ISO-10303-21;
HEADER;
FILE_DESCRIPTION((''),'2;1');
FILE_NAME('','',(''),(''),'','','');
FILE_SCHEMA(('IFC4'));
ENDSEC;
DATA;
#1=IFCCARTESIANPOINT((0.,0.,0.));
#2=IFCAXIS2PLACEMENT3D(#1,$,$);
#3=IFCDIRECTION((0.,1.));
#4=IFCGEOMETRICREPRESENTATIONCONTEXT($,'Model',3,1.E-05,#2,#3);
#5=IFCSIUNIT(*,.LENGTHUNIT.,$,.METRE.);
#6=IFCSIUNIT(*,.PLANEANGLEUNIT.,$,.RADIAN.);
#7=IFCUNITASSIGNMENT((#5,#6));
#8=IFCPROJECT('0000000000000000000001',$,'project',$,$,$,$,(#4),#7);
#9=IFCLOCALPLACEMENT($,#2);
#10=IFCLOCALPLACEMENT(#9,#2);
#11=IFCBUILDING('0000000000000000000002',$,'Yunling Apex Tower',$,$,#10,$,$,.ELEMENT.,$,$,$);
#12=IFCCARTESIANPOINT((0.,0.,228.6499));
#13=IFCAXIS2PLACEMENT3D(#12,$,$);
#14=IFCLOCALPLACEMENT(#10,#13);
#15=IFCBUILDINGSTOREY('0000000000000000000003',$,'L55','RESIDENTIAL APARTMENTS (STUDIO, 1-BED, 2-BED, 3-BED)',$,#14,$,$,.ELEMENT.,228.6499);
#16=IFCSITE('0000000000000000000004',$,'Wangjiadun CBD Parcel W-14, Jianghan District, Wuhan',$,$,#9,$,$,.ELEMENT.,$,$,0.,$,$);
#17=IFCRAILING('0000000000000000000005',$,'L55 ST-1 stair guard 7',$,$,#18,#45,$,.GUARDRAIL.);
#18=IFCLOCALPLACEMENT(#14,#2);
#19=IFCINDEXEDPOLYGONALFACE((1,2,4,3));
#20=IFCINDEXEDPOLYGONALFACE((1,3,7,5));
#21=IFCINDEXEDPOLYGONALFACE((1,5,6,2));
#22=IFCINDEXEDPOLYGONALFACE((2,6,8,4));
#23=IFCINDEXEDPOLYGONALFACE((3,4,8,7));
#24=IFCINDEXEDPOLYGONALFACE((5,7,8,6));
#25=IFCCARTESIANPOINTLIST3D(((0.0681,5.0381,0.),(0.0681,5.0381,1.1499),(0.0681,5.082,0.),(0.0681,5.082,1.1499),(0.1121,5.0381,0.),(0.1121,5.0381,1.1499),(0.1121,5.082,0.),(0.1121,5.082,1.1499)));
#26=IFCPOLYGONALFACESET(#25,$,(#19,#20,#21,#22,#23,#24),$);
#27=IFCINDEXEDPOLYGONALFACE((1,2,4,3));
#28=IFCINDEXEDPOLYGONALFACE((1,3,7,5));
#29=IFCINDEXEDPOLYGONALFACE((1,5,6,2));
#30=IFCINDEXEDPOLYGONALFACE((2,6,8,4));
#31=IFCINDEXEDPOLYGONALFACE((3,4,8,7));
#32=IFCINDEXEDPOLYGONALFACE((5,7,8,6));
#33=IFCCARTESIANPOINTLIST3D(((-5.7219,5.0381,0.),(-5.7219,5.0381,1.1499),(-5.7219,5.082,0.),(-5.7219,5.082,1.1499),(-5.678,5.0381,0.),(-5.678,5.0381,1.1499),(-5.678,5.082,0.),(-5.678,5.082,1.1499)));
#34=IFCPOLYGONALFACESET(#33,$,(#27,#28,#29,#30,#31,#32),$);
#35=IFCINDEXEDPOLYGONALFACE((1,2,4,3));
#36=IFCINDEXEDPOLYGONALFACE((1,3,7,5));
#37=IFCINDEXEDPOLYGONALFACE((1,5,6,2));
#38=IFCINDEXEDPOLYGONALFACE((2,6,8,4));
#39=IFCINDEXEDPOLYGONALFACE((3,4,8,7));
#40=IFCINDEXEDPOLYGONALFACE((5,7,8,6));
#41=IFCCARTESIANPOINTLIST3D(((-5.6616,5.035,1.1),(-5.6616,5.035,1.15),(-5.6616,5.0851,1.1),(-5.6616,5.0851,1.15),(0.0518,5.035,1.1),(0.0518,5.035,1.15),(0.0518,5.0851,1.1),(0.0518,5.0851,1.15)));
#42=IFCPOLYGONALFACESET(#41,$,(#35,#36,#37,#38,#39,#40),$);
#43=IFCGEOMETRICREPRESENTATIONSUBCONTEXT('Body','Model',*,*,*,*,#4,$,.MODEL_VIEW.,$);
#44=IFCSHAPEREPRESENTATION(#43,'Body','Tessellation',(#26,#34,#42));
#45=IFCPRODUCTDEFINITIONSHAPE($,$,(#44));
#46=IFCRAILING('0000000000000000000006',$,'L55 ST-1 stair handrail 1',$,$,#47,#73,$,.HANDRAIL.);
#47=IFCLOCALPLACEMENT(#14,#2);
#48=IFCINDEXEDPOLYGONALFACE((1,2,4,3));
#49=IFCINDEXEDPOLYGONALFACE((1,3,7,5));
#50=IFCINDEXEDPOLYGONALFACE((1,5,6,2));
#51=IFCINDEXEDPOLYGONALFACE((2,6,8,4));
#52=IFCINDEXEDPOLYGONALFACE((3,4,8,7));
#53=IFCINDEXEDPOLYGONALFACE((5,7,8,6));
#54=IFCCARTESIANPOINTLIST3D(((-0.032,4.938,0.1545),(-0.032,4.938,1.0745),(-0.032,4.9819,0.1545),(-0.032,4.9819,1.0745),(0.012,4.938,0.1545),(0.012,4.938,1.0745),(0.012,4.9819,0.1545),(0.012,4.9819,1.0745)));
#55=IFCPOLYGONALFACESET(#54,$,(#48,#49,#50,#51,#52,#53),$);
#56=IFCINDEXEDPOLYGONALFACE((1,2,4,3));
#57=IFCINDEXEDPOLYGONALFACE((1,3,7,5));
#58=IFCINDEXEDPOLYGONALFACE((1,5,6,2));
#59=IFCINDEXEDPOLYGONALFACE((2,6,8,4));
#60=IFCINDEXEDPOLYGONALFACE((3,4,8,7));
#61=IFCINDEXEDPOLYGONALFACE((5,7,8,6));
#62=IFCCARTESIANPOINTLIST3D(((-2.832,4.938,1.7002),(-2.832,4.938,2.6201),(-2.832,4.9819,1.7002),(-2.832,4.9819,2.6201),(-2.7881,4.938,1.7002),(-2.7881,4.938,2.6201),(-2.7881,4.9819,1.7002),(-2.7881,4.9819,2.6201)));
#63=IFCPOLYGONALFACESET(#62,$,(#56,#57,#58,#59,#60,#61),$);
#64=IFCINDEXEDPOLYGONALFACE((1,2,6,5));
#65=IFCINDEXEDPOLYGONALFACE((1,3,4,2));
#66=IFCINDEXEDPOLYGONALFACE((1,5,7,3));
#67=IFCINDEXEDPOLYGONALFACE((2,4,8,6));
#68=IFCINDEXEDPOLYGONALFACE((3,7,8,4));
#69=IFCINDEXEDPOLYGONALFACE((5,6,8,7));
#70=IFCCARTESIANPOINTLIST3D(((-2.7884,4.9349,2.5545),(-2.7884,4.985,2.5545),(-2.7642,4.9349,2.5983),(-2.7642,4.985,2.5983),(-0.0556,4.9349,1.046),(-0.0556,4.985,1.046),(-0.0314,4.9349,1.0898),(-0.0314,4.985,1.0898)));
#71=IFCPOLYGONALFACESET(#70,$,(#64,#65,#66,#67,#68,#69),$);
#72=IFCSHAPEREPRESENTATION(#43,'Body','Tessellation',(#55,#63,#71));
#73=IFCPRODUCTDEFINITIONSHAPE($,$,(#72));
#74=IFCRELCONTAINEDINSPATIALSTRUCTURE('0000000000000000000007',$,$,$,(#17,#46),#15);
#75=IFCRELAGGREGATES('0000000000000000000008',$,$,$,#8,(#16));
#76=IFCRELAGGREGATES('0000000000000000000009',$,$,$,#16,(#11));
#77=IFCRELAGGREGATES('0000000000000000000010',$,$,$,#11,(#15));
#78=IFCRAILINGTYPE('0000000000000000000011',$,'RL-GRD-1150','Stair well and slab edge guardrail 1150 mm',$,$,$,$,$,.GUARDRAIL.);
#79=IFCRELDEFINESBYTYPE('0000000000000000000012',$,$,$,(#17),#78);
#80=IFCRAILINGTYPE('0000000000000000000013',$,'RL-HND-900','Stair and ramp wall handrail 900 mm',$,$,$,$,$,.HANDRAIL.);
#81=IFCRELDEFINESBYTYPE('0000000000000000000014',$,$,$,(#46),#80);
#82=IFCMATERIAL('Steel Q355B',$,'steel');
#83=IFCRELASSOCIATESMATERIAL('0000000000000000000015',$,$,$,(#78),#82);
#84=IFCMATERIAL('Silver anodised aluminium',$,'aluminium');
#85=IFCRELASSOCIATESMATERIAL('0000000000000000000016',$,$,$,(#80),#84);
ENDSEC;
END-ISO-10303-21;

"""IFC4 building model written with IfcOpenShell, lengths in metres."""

from ifc_helpers import new_model, si_unit, direction, frame, origin, origin_2d, place, context, subcontext, project, spatial, rectangle, extrude, material, type_object, element, save


model = new_model("IFC4")

# Units and contexts
model_context = context("Model", 3, precision=1e-05, world=origin(), true_north=direction((0.0, 1.0)))
body_context = subcontext(model_context, "Body", "Model", "MODEL_VIEW")
ifc_project = project(units=[si_unit("LENGTHUNIT", "METRE"), si_unit("PLANEANGLEUNIT", "RADIAN")], contexts=[model_context])

# Site, building, storey
site_placement = place(None, origin())
site = spatial("IfcSite", under=ifc_project, at=site_placement, Name="Wangjiadun CBD Parcel W-14, Jianghan District, Wuhan", CompositionType="ELEMENT", RefElevation=0.0)
building_placement = place(site_placement, origin())
building = spatial("IfcBuilding", under=site, at=building_placement, Name="Yunling Apex Tower", CompositionType="ELEMENT")
storey_placement = place(building_placement, frame((0.0, 0.0, 228.6499)))
storey = spatial("IfcBuildingStorey", under=building, at=storey_placement, Name="L55", Description="RESIDENTIAL APARTMENTS (STUDIO, 1-BED, 2-BED, 3-BED)", CompositionType="ELEMENT", Elevation=228.6499)

# Shared definitions
ifc_material_1 = material(Name="Steel Q355B", Category="steel")

# Railings
railing_type_1 = type_object("IfcRailingType", Name="RL-GRD-1150", Description="Stair well and slab edge guardrail 1150 mm", PredefinedType="GUARDRAIL", material=ifc_material_1)
railing_1_placement = place(storey_placement, frame((0.0901, 5.0601, 0.0)))
element("IfcRailing", 1, at=railing_1_placement, inside=storey, type_object=railing_type_1, Name="L55 ST-1 stair guard 7", PredefinedType="GUARDRAIL", context=body_context, shape_type="SweptSolid", body=[
    extrude(rectangle(XDim=0.0439, YDim=0.0439, at=origin_2d()), origin(), (0.0, 0.0, 1.0), 1.1499),
    extrude(rectangle(XDim=0.0439, YDim=0.0439, at=origin_2d()), frame((-5.79, 0.0, 0.0)), (0.0, 0.0, 1.0), 1.1499),
    extrude(rectangle(XDim=0.05, YDim=0.05, at=origin_2d()), frame((-0.0383, 0.0, 1.125), z_axis=(-1.0, 0.0, 0.0), x_axis=(0.0, -1.0, 0.0)), (0.0, 0.0, 1.0), 5.7134),
])
ifc_material_2 = material(Name="Silver anodised aluminium", Category="aluminium")
railing_type_2 = type_object("IfcRailingType", Name="RL-HND-900", Description="Stair and ramp wall handrail 900 mm", PredefinedType="HANDRAIL", material=ifc_material_2)
railing_2_placement = place(storey_placement, frame((-0.01, 4.96, 0.1545)))
element("IfcRailing", 2, at=railing_2_placement, inside=storey, type_object=railing_type_2, Name="L55 ST-1 stair handrail 1", PredefinedType="HANDRAIL", context=body_context, shape_type="SweptSolid", body=[
    extrude(rectangle(XDim=0.0439, YDim=0.0439, at=origin_2d()), origin(), (0.0, 0.0, 1.0), 0.9199),
    extrude(rectangle(XDim=0.0439, YDim=0.0439, at=origin_2d()), frame((-2.8, 0.0, 1.5457)), (0.0, 0.0, 1.0), 0.9199),
    extrude(rectangle(XDim=0.05, YDim=0.05, at=origin_2d()), frame((-0.0334, 0.0, 0.9133), z_axis=(-0.875472, 0.0, 0.483269), x_axis=(0.0, -1.0, 0.0)), (0.0, 0.0, 1.0), 3.1216),
])

save(model, "model.ifc")
